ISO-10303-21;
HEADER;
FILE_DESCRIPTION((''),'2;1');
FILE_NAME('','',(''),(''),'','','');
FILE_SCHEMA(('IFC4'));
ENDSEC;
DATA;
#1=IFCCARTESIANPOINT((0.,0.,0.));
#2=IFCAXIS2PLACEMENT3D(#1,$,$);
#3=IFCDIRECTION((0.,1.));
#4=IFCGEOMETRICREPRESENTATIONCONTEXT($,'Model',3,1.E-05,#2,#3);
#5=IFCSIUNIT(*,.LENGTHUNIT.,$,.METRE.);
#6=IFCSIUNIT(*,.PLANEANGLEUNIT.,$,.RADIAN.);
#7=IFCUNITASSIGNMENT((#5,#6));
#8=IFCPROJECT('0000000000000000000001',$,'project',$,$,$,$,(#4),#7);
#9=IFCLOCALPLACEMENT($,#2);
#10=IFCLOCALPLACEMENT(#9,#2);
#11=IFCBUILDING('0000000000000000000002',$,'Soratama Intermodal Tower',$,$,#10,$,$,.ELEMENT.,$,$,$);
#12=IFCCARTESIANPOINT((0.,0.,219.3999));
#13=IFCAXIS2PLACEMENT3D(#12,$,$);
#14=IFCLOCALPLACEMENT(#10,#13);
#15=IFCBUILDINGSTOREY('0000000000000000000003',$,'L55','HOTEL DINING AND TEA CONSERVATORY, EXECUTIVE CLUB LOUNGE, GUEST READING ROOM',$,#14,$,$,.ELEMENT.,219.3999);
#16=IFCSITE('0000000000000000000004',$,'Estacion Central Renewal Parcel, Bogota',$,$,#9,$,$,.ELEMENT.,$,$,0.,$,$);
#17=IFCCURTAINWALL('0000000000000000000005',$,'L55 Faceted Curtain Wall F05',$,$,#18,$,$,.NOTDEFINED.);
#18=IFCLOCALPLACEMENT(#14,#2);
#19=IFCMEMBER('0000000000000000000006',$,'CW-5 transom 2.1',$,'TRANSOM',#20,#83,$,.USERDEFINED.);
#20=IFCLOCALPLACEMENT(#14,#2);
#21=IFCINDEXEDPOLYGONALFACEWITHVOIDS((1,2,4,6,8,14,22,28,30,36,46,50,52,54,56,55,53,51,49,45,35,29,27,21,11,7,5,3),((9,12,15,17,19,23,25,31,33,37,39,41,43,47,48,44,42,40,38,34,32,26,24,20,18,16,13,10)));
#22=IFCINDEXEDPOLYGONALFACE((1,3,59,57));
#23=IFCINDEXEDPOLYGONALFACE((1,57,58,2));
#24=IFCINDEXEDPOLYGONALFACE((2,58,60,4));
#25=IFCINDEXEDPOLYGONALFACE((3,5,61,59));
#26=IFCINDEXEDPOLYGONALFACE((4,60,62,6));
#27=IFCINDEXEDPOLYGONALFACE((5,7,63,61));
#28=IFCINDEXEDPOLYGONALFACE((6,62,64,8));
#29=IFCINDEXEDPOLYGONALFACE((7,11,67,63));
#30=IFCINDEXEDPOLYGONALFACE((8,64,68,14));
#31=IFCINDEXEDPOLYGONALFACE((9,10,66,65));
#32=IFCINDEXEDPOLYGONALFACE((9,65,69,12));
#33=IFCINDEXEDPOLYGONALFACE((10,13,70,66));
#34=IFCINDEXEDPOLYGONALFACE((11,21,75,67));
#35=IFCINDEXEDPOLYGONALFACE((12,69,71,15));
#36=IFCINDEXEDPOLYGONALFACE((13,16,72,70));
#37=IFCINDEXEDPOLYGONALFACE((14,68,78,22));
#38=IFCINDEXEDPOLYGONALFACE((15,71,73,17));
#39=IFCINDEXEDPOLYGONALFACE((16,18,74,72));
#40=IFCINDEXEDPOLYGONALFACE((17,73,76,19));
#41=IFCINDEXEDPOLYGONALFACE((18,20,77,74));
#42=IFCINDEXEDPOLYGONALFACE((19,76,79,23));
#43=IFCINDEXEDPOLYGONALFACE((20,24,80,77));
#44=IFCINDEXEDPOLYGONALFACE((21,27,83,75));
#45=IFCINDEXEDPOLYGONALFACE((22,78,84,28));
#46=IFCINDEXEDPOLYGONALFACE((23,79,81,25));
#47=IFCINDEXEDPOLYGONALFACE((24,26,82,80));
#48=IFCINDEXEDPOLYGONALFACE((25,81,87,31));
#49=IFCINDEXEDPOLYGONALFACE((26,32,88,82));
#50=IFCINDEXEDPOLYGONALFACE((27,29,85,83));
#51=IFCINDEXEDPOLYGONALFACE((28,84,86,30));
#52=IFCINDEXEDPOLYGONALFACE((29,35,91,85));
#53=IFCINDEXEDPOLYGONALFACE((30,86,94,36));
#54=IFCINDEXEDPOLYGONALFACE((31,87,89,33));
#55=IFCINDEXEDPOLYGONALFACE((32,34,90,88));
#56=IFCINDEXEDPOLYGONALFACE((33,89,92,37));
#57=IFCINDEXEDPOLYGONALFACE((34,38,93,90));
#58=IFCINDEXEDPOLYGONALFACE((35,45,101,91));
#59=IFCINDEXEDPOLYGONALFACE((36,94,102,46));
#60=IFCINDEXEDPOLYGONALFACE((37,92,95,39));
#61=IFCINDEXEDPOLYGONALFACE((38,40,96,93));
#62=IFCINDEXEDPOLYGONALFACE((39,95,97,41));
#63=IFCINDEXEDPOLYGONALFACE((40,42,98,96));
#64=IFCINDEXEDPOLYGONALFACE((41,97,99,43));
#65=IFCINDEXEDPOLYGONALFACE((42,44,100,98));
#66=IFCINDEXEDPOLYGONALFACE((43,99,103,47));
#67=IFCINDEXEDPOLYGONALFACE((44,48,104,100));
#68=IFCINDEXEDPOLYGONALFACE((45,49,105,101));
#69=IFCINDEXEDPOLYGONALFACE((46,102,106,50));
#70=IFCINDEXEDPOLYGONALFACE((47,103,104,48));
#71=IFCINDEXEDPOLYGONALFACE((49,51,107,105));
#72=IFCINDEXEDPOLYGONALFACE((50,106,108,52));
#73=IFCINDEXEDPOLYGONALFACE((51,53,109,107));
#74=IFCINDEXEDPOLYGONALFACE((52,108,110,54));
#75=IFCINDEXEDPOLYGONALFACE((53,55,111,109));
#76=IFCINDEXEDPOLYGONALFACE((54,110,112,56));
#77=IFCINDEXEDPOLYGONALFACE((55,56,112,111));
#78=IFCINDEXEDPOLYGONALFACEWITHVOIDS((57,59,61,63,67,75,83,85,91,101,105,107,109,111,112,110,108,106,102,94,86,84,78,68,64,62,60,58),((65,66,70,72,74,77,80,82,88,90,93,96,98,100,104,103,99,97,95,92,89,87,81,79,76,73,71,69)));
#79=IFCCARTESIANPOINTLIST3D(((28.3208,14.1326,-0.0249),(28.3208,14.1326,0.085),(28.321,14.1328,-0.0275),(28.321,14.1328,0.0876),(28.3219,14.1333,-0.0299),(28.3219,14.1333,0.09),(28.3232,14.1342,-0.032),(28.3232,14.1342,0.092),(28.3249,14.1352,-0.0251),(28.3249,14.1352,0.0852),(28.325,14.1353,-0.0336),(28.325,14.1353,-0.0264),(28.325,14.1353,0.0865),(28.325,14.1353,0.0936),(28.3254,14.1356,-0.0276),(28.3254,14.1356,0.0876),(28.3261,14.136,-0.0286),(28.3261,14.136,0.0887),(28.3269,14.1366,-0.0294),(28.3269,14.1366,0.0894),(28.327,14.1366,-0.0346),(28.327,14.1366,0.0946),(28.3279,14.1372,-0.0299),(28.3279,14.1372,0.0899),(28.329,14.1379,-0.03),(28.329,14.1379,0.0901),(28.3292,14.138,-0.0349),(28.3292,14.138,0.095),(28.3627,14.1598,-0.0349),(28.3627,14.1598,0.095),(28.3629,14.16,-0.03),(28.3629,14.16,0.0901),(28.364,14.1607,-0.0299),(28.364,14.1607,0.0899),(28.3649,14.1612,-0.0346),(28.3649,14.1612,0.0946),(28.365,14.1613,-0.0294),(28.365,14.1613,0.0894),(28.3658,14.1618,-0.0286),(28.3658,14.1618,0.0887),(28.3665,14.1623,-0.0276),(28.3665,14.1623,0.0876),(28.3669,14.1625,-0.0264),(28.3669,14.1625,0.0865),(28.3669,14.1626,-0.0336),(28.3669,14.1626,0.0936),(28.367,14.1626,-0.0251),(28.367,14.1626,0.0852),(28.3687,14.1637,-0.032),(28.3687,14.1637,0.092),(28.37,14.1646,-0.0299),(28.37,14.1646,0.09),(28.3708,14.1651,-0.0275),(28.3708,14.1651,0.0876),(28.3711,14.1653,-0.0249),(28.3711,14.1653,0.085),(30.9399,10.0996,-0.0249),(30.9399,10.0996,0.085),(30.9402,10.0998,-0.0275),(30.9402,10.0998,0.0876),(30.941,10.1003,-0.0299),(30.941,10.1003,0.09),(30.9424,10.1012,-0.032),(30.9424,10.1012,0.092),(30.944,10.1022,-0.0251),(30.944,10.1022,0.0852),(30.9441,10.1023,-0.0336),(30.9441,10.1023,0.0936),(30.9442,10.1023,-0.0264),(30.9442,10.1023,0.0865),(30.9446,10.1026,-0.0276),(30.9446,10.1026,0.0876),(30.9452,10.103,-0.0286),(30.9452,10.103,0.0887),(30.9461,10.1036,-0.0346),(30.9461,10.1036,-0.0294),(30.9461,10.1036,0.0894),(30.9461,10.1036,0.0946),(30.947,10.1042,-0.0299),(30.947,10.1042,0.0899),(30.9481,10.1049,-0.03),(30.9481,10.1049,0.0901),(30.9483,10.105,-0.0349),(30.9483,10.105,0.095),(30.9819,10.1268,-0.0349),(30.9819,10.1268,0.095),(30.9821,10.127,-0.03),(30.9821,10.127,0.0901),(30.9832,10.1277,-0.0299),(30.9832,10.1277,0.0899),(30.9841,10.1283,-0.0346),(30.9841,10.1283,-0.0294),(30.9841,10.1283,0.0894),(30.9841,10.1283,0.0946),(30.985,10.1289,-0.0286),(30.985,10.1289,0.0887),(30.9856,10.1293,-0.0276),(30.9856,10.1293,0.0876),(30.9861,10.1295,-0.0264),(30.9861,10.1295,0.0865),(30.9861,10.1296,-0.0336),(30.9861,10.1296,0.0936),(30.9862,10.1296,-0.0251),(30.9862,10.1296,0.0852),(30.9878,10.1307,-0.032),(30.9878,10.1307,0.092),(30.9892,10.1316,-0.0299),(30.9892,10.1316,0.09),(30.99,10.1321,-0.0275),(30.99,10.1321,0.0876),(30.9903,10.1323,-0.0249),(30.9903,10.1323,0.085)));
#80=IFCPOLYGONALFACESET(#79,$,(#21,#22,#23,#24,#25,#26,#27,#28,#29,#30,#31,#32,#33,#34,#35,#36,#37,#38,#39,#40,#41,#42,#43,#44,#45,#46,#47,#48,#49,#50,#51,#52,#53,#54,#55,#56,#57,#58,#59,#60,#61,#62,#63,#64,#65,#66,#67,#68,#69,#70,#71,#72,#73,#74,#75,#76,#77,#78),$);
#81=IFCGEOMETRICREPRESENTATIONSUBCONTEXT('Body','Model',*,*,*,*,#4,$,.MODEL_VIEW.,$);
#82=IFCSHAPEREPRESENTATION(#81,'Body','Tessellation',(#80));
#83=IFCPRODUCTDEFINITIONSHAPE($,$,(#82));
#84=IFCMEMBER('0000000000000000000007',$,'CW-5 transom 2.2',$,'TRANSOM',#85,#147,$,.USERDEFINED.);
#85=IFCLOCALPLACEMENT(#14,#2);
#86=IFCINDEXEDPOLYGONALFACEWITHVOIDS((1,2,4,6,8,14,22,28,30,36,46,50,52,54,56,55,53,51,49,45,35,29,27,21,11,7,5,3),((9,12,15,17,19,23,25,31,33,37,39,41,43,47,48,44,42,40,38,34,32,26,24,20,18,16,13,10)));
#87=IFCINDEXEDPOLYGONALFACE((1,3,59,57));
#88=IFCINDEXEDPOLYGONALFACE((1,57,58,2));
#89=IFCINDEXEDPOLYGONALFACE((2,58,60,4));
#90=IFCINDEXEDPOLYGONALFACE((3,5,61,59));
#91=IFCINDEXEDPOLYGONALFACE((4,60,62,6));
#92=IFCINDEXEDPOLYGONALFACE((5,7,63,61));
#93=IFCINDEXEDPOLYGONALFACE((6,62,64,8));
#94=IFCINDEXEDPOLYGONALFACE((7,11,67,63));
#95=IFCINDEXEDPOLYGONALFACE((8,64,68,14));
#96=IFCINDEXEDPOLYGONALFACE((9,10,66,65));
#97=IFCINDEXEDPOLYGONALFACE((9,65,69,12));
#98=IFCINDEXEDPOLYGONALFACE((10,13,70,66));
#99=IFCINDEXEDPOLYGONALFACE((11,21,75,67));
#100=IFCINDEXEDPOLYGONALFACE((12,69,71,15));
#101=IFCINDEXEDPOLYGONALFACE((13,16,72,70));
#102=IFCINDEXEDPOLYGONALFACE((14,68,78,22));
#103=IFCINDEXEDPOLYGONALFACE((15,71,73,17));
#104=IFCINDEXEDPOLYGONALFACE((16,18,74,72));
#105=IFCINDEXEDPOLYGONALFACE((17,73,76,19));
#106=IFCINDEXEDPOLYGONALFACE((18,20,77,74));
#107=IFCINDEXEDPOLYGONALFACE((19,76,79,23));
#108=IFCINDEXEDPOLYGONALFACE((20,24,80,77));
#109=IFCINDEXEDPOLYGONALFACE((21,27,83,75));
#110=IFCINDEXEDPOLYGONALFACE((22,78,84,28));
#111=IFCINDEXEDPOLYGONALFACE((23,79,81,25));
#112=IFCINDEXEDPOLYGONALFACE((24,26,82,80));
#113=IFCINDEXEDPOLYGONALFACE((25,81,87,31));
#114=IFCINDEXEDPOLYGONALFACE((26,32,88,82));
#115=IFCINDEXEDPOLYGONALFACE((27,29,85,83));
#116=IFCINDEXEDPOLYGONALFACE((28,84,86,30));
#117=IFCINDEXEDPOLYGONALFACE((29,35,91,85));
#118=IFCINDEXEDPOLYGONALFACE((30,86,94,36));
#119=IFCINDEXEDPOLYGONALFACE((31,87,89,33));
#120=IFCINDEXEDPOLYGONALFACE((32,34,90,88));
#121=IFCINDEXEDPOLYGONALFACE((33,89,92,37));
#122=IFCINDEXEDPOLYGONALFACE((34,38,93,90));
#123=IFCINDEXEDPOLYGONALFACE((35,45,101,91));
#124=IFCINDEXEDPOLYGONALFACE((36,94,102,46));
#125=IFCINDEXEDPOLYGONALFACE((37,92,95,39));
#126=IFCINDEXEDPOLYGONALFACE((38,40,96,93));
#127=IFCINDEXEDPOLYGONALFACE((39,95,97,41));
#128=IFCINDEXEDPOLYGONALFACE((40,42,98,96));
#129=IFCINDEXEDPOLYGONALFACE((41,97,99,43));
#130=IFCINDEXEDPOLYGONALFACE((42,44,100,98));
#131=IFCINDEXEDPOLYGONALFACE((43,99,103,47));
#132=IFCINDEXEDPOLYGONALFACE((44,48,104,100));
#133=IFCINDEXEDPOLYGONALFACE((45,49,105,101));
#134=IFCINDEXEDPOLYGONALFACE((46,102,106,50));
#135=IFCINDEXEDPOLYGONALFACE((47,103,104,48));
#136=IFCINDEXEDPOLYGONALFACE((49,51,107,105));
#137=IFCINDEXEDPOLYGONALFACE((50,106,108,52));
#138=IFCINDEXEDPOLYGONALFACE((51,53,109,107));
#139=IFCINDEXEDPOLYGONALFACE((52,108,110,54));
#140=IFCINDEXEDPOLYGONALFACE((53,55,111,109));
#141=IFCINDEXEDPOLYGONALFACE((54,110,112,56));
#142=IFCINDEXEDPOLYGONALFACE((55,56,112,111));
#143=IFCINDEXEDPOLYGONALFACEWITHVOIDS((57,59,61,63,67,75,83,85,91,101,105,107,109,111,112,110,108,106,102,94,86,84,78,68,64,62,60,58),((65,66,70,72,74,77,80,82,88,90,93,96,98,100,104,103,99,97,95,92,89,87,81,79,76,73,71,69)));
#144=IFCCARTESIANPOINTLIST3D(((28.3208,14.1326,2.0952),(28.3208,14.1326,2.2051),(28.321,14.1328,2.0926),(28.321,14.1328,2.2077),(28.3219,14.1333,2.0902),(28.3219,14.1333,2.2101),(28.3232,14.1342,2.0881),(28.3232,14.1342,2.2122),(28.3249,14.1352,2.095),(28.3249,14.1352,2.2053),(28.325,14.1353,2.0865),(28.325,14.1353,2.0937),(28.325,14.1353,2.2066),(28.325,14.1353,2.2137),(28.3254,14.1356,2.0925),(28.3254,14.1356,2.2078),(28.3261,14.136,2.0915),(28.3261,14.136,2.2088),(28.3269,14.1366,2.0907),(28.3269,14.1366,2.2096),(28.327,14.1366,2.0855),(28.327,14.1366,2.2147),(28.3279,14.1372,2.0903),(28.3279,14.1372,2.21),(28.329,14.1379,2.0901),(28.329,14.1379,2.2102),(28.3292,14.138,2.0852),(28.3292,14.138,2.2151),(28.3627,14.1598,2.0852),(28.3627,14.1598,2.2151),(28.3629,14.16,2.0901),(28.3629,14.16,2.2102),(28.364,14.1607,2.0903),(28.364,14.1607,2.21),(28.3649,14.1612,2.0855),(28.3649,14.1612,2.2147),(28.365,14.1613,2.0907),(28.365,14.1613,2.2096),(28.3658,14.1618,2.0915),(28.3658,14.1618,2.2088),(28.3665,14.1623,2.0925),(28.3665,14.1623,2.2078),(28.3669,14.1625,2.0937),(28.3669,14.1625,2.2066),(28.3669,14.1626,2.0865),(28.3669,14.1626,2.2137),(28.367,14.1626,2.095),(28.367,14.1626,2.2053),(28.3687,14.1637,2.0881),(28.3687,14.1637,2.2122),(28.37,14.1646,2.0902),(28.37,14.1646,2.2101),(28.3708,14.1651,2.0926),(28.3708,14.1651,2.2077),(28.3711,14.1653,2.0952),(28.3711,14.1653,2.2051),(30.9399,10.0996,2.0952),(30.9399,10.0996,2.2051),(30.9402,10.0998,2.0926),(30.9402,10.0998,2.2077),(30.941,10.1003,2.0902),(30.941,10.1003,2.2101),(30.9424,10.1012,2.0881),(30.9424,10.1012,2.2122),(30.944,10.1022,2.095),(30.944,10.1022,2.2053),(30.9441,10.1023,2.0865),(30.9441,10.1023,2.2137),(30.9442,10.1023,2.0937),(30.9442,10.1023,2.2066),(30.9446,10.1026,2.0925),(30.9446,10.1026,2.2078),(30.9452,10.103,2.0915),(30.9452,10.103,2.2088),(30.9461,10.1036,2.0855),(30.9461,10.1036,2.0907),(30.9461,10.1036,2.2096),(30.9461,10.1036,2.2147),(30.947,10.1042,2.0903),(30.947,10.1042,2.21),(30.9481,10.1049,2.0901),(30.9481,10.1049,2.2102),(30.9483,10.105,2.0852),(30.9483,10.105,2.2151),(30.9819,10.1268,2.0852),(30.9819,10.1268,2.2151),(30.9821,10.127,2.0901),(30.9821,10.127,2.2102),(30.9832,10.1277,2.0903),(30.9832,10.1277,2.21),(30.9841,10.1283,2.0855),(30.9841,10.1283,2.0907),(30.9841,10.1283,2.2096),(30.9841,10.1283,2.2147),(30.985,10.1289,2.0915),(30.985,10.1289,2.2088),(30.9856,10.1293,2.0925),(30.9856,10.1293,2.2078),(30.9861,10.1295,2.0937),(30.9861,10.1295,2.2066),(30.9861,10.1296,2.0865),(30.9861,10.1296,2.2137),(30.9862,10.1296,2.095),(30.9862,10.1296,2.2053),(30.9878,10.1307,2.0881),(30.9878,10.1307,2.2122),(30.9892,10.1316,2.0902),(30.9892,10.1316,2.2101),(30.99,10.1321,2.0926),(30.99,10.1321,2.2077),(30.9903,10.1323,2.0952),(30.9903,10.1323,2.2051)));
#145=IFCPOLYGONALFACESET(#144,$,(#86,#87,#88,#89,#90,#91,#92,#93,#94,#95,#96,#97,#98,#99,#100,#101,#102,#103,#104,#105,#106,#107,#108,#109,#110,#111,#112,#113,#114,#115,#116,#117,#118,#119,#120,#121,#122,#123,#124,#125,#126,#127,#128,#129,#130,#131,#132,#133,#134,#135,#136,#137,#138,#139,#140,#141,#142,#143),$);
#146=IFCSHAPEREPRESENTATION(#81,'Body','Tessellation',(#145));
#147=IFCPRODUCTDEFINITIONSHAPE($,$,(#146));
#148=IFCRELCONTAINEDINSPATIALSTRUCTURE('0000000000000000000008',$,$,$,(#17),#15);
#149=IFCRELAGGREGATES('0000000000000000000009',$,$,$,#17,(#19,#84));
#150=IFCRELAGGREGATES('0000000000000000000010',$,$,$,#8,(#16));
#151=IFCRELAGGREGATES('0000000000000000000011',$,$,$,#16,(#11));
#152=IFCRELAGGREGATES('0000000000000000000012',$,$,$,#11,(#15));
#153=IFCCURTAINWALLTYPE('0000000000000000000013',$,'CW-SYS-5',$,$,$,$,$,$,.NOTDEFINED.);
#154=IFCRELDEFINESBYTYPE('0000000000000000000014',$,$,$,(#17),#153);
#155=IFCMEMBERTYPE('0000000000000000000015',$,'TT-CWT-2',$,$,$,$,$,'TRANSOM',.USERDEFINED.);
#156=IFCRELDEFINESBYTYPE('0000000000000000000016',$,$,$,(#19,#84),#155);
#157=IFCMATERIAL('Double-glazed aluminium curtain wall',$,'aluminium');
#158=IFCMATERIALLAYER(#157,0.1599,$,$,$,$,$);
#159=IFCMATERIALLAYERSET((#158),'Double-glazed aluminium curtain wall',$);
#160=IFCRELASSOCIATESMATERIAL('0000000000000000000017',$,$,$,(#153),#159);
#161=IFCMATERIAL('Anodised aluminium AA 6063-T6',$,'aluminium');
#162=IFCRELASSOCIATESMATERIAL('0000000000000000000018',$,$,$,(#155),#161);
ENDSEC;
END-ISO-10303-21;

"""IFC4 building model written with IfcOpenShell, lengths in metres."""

from ifc_helpers import new_model, si_unit, direction, frame, origin, origin_2d, place, context, subcontext, project, spatial, hollow_rectangle, extrude, material, layer, layer_set, material_profile, profile_set, type_object, element, aggregate, save


model = new_model("IFC4")

# Units and contexts
model_context = context("Model", 3, precision=1e-05, world=origin(), true_north=direction((0.0, 1.0)))
body_context = subcontext(model_context, "Body", "Model", "MODEL_VIEW")
ifc_project = project(units=[si_unit("LENGTHUNIT", "METRE"), si_unit("PLANEANGLEUNIT", "RADIAN")], contexts=[model_context])

# Site, building, storey
site_placement = place(None, origin())
site = spatial("IfcSite", under=ifc_project, at=site_placement, Name="Estacion Central Renewal Parcel, Bogota", CompositionType="ELEMENT", RefElevation=0.0)
building_placement = place(site_placement, origin())
building = spatial("IfcBuilding", under=site, at=building_placement, Name="Soratama Intermodal Tower", CompositionType="ELEMENT")
storey_placement = place(building_placement, frame((0.0, 0.0, 219.3999)))
storey = spatial("IfcBuildingStorey", under=building, at=storey_placement, Name="L55", Description="HOTEL DINING AND TEA CONSERVATORY, EXECUTIVE CLUB LOUNGE, GUEST READING ROOM", CompositionType="ELEMENT", Elevation=219.3999)

# Curtain wall, members
ifc_material_1 = material(Name="Double-glazed aluminium curtain wall", Category="aluminium")
ifc_layer_1 = layer(ifc_material_1, 0.1599)
ifc_layer_set_1 = layer_set([ifc_layer_1], Name="Double-glazed aluminium curtain wall")
curtain_wall_type = type_object("IfcCurtainWallType", Name="CW-SYS-5", PredefinedType="NOTDEFINED", material=ifc_layer_set_1)
curtain_wall_placement = place(storey_placement, origin())
curtain_wall = element("IfcCurtainWall", 1, at=curtain_wall_placement, inside=storey, type_object=curtain_wall_type, Name="L55 Faceted Curtain Wall F05", PredefinedType="NOTDEFINED")
ifc_material_2 = material(Name="Anodised aluminium AA 6063-T6", Category="aluminium")
ifc_material_profile_1 = material_profile(ifc_material_2, hollow_rectangle(XDim=0.0601, YDim=0.1299, WallThickness=0.0049, InnerFilletRadius=0.0049, OuterFilletRadius=0.01, at=origin_2d()), Name="CWT130X60X5")
ifc_profile_set_1 = profile_set([ifc_material_profile_1], Name="Anodised aluminium AA 6063-T6")
member_type_1 = type_object("IfcMemberType", Name="TT-CWT-2", ElementType="TRANSOM", PredefinedType="USERDEFINED", material=ifc_profile_set_1)
member_1_placement = place(storey_placement, frame((28.3459, 14.1489, 0.03), z_axis=(0.544655, -0.83866, 0.0), x_axis=(0.83866, 0.544655, 0.0)))
member_1 = element("IfcMember", 2, at=member_1_placement, type_object=member_type_1, Name="CW-5 transom 2.1", ObjectType="TRANSOM", PredefinedType="USERDEFINED", context=body_context, shape_type="SweptSolid", body=[
    extrude(hollow_rectangle(XDim=0.0601, YDim=0.1299, WallThickness=0.0049, InnerFilletRadius=0.0049, OuterFilletRadius=0.01, at=origin_2d()), origin(), (0.0, 0.0, 1.0), 4.8088),
])
member_2_placement = place(storey_placement, frame((28.3459, 14.1489, 2.1501), z_axis=(0.544655, -0.83866, 0.0), x_axis=(0.83866, 0.544655, 0.0)))
member_2 = element("IfcMember", 3, at=member_2_placement, type_object=member_type_1, Name="CW-5 transom 2.2", ObjectType="TRANSOM", PredefinedType="USERDEFINED", context=body_context, shape_type="SweptSolid", body=[
    extrude(hollow_rectangle(XDim=0.0601, YDim=0.1299, WallThickness=0.0049, InnerFilletRadius=0.0049, OuterFilletRadius=0.01, at=origin_2d()), origin(), (0.0, 0.0, 1.0), 4.8088),
])
aggregate(curtain_wall, [member_1, member_2])

save(model, "model.ifc")
